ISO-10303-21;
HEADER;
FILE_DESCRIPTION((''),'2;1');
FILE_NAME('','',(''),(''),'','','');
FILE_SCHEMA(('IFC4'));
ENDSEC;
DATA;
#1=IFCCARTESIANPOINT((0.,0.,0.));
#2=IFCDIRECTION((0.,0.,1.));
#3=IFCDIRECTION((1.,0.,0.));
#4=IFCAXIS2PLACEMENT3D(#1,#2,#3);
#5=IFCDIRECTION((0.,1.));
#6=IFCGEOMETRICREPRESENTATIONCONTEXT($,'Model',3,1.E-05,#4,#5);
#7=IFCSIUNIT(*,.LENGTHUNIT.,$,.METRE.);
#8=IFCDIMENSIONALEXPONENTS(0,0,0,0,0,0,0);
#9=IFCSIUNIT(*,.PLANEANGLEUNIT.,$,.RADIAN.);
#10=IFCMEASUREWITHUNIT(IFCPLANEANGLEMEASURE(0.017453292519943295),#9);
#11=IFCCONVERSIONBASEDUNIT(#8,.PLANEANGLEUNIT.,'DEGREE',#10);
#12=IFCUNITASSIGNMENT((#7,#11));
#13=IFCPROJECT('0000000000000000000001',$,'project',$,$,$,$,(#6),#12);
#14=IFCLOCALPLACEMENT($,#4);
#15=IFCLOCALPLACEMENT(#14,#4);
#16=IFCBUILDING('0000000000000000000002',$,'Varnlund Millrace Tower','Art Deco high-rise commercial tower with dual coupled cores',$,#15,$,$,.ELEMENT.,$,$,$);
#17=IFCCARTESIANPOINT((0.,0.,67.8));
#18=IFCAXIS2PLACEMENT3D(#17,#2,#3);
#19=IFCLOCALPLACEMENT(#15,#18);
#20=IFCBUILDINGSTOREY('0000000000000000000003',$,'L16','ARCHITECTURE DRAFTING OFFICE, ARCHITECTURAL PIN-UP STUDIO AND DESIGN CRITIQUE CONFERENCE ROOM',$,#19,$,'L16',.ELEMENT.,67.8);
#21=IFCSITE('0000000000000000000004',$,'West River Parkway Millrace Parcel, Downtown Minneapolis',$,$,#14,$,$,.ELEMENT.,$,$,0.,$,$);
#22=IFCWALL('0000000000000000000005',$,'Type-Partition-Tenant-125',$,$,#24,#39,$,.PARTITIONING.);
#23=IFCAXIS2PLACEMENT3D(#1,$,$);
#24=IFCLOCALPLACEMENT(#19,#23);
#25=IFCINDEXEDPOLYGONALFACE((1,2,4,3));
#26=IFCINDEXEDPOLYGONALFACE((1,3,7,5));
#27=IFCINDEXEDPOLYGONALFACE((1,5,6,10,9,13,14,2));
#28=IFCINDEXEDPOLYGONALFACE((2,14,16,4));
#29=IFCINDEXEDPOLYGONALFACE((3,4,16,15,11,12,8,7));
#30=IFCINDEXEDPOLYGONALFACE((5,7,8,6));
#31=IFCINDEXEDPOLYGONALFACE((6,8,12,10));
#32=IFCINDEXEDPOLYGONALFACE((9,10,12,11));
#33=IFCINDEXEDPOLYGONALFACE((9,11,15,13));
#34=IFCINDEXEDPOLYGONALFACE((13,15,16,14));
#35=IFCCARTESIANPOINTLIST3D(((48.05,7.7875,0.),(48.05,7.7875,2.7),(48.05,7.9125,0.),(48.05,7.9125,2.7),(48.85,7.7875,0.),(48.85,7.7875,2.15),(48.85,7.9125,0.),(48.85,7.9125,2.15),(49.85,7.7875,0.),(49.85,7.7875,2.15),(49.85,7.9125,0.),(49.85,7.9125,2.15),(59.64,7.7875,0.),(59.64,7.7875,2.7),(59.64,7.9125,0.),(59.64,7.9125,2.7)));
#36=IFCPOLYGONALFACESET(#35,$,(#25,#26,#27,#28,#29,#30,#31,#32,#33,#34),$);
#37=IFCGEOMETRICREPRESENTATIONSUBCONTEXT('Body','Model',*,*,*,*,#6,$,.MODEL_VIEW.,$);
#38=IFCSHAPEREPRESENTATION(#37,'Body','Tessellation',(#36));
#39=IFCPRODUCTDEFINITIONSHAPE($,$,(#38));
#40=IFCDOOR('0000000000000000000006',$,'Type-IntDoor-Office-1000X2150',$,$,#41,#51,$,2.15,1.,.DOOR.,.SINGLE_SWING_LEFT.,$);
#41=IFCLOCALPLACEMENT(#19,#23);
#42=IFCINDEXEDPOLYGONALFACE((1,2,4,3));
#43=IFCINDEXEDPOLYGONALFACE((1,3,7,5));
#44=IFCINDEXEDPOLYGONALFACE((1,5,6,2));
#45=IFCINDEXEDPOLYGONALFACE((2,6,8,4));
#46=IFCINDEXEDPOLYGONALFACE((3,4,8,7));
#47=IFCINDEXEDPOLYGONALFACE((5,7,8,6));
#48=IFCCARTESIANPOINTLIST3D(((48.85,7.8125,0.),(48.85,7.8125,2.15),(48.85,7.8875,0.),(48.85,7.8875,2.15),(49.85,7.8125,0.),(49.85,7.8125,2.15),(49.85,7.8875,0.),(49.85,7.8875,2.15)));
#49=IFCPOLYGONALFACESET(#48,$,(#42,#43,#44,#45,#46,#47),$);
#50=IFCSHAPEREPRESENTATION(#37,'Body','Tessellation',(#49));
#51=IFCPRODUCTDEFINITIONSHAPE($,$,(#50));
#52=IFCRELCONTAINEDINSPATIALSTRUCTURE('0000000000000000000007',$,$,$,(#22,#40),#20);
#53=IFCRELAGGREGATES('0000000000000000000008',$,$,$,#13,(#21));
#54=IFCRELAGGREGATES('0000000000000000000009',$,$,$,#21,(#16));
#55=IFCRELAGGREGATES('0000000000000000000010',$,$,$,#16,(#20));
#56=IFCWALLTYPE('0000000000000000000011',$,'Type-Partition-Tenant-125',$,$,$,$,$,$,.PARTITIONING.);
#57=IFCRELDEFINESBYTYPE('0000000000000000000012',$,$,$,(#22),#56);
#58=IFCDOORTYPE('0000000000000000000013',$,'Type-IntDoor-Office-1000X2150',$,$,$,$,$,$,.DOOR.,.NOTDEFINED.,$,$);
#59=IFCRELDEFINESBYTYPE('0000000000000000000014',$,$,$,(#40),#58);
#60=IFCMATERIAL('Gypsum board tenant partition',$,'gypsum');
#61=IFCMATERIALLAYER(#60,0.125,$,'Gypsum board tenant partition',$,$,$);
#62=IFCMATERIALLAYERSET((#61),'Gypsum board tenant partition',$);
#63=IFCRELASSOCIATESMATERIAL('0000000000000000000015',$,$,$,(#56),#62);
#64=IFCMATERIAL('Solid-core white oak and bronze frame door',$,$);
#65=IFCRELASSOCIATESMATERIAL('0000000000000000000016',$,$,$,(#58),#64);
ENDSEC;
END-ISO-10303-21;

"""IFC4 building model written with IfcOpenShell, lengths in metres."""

from ifc_helpers import new_model, entity, si_unit, converted_unit, direction, frame, origin_with_axes, origin_2d_with_axis, place, context, subcontext, project, spatial, polyline, rectangle, outline, extrude, material, layer, layer_set, type_object, element, fill, save


model = new_model("IFC4")

# Units and contexts
model_context = context("Model", 3, precision=1e-05, world=origin_with_axes(), true_north=direction((0.0, 1.0)))
body_context = subcontext(model_context, "Body", "Model", "MODEL_VIEW")
ifc_project = project(units=[si_unit("LENGTHUNIT", "METRE"), converted_unit("PLANEANGLEUNIT", "DEGREE", entity("IfcPlaneAngleMeasure", 0.017453292519943295), si_unit("PLANEANGLEUNIT", "RADIAN"), dimensions=[0, 0, 0, 0, 0, 0, 0])], contexts=[model_context])

# Site, building, storey
site_placement = place(None, origin_with_axes())
site = spatial("IfcSite", under=ifc_project, at=site_placement, Name="West River Parkway Millrace Parcel, Downtown Minneapolis", CompositionType="ELEMENT", RefElevation=0.0)
building_placement = place(site_placement, origin_with_axes())
building = spatial("IfcBuilding", under=site, at=building_placement, Name="Varnlund Millrace Tower", Description="Art Deco high-rise commercial tower with dual coupled cores", CompositionType="ELEMENT")
storey_placement = place(building_placement, frame((0.0, 0.0, 67.8), z_axis=(0.0, 0.0, 1.0), x_axis=(1.0, 0.0, 0.0)))
storey = spatial("IfcBuildingStorey", under=building, at=storey_placement, Name="L16", Description="ARCHITECTURE DRAFTING OFFICE, ARCHITECTURAL PIN-UP STUDIO AND DESIGN CRITIQUE CONFERENCE ROOM", LongName="L16", CompositionType="ELEMENT", Elevation=67.8)

# Wall, opening, door
ifc_material_1 = material(Name="Gypsum board tenant partition", Category="gypsum")
ifc_layer_1 = layer(ifc_material_1, 0.125, Name="Gypsum board tenant partition")
ifc_layer_set_1 = layer_set([ifc_layer_1], Name="Gypsum board tenant partition")
wall_type_1 = type_object("IfcWallType", Name="Type-Partition-Tenant-125", PredefinedType="PARTITIONING", material=ifc_layer_set_1)
wall_1_placement = place(storey_placement, frame((59.64, 7.85, 0.0), z_axis=(0.0, 0.0, 1.0), x_axis=(-1.0, 0.0, 0.0)))
wall_1 = element("IfcWall", 1, at=wall_1_placement, inside=storey, type_object=wall_type_1, Name="Type-Partition-Tenant-125", PredefinedType="PARTITIONING", context=body_context, shape_type="SweptSolid", body=[
    extrude(outline(polyline([(0.0, -0.0625), (11.59, -0.0625), (11.59, 0.0625), (0.0, 0.0625), (0.0, -0.0625)])), origin_with_axes(), (0.0, 0.0, 1.0), 2.7),
])
opening_1_placement = place(wall_1_placement, frame((10.29, 0.0, 0.0), z_axis=(0.0, 0.0, 1.0), x_axis=(1.0, 0.0, 0.0)))
opening_1 = element("IfcOpeningElement", 2, at=opening_1_placement, cuts=wall_1, PredefinedType="OPENING", context=body_context, shape_type="SweptSolid", body=[
    extrude(rectangle(XDim=1.0, YDim=0.145, at=origin_2d_with_axis()), origin_with_axes(), (0.0, 0.0, 1.0), 2.15),
])
ifc_material_2 = material(Name="Solid-core white oak and bronze frame door")
door_type_1 = type_object("IfcDoorType", Name="Type-IntDoor-Office-1000X2150", OperationType="NOTDEFINED", PredefinedType="DOOR", material=ifc_material_2)
door_1_placement = place(wall_1_placement, frame((10.29, 0.0, 0.0), z_axis=(0.0, 0.0, 1.0), x_axis=(1.0, 0.0, 0.0)))
door_1 = element("IfcDoor", 3, at=door_1_placement, inside=storey, type_object=door_type_1, Name="Type-IntDoor-Office-1000X2150", OperationType="SINGLE_SWING_LEFT", OverallHeight=2.15, OverallWidth=1.0, PredefinedType="DOOR", context=body_context, shape_type="SweptSolid", body=[
    extrude(rectangle(XDim=1.0, YDim=0.075, at=origin_2d_with_axis()), origin_with_axes(), (0.0, 0.0, 1.0), 2.15),
])
fill(opening_1, door_1)

save(model, "model.ifc")
